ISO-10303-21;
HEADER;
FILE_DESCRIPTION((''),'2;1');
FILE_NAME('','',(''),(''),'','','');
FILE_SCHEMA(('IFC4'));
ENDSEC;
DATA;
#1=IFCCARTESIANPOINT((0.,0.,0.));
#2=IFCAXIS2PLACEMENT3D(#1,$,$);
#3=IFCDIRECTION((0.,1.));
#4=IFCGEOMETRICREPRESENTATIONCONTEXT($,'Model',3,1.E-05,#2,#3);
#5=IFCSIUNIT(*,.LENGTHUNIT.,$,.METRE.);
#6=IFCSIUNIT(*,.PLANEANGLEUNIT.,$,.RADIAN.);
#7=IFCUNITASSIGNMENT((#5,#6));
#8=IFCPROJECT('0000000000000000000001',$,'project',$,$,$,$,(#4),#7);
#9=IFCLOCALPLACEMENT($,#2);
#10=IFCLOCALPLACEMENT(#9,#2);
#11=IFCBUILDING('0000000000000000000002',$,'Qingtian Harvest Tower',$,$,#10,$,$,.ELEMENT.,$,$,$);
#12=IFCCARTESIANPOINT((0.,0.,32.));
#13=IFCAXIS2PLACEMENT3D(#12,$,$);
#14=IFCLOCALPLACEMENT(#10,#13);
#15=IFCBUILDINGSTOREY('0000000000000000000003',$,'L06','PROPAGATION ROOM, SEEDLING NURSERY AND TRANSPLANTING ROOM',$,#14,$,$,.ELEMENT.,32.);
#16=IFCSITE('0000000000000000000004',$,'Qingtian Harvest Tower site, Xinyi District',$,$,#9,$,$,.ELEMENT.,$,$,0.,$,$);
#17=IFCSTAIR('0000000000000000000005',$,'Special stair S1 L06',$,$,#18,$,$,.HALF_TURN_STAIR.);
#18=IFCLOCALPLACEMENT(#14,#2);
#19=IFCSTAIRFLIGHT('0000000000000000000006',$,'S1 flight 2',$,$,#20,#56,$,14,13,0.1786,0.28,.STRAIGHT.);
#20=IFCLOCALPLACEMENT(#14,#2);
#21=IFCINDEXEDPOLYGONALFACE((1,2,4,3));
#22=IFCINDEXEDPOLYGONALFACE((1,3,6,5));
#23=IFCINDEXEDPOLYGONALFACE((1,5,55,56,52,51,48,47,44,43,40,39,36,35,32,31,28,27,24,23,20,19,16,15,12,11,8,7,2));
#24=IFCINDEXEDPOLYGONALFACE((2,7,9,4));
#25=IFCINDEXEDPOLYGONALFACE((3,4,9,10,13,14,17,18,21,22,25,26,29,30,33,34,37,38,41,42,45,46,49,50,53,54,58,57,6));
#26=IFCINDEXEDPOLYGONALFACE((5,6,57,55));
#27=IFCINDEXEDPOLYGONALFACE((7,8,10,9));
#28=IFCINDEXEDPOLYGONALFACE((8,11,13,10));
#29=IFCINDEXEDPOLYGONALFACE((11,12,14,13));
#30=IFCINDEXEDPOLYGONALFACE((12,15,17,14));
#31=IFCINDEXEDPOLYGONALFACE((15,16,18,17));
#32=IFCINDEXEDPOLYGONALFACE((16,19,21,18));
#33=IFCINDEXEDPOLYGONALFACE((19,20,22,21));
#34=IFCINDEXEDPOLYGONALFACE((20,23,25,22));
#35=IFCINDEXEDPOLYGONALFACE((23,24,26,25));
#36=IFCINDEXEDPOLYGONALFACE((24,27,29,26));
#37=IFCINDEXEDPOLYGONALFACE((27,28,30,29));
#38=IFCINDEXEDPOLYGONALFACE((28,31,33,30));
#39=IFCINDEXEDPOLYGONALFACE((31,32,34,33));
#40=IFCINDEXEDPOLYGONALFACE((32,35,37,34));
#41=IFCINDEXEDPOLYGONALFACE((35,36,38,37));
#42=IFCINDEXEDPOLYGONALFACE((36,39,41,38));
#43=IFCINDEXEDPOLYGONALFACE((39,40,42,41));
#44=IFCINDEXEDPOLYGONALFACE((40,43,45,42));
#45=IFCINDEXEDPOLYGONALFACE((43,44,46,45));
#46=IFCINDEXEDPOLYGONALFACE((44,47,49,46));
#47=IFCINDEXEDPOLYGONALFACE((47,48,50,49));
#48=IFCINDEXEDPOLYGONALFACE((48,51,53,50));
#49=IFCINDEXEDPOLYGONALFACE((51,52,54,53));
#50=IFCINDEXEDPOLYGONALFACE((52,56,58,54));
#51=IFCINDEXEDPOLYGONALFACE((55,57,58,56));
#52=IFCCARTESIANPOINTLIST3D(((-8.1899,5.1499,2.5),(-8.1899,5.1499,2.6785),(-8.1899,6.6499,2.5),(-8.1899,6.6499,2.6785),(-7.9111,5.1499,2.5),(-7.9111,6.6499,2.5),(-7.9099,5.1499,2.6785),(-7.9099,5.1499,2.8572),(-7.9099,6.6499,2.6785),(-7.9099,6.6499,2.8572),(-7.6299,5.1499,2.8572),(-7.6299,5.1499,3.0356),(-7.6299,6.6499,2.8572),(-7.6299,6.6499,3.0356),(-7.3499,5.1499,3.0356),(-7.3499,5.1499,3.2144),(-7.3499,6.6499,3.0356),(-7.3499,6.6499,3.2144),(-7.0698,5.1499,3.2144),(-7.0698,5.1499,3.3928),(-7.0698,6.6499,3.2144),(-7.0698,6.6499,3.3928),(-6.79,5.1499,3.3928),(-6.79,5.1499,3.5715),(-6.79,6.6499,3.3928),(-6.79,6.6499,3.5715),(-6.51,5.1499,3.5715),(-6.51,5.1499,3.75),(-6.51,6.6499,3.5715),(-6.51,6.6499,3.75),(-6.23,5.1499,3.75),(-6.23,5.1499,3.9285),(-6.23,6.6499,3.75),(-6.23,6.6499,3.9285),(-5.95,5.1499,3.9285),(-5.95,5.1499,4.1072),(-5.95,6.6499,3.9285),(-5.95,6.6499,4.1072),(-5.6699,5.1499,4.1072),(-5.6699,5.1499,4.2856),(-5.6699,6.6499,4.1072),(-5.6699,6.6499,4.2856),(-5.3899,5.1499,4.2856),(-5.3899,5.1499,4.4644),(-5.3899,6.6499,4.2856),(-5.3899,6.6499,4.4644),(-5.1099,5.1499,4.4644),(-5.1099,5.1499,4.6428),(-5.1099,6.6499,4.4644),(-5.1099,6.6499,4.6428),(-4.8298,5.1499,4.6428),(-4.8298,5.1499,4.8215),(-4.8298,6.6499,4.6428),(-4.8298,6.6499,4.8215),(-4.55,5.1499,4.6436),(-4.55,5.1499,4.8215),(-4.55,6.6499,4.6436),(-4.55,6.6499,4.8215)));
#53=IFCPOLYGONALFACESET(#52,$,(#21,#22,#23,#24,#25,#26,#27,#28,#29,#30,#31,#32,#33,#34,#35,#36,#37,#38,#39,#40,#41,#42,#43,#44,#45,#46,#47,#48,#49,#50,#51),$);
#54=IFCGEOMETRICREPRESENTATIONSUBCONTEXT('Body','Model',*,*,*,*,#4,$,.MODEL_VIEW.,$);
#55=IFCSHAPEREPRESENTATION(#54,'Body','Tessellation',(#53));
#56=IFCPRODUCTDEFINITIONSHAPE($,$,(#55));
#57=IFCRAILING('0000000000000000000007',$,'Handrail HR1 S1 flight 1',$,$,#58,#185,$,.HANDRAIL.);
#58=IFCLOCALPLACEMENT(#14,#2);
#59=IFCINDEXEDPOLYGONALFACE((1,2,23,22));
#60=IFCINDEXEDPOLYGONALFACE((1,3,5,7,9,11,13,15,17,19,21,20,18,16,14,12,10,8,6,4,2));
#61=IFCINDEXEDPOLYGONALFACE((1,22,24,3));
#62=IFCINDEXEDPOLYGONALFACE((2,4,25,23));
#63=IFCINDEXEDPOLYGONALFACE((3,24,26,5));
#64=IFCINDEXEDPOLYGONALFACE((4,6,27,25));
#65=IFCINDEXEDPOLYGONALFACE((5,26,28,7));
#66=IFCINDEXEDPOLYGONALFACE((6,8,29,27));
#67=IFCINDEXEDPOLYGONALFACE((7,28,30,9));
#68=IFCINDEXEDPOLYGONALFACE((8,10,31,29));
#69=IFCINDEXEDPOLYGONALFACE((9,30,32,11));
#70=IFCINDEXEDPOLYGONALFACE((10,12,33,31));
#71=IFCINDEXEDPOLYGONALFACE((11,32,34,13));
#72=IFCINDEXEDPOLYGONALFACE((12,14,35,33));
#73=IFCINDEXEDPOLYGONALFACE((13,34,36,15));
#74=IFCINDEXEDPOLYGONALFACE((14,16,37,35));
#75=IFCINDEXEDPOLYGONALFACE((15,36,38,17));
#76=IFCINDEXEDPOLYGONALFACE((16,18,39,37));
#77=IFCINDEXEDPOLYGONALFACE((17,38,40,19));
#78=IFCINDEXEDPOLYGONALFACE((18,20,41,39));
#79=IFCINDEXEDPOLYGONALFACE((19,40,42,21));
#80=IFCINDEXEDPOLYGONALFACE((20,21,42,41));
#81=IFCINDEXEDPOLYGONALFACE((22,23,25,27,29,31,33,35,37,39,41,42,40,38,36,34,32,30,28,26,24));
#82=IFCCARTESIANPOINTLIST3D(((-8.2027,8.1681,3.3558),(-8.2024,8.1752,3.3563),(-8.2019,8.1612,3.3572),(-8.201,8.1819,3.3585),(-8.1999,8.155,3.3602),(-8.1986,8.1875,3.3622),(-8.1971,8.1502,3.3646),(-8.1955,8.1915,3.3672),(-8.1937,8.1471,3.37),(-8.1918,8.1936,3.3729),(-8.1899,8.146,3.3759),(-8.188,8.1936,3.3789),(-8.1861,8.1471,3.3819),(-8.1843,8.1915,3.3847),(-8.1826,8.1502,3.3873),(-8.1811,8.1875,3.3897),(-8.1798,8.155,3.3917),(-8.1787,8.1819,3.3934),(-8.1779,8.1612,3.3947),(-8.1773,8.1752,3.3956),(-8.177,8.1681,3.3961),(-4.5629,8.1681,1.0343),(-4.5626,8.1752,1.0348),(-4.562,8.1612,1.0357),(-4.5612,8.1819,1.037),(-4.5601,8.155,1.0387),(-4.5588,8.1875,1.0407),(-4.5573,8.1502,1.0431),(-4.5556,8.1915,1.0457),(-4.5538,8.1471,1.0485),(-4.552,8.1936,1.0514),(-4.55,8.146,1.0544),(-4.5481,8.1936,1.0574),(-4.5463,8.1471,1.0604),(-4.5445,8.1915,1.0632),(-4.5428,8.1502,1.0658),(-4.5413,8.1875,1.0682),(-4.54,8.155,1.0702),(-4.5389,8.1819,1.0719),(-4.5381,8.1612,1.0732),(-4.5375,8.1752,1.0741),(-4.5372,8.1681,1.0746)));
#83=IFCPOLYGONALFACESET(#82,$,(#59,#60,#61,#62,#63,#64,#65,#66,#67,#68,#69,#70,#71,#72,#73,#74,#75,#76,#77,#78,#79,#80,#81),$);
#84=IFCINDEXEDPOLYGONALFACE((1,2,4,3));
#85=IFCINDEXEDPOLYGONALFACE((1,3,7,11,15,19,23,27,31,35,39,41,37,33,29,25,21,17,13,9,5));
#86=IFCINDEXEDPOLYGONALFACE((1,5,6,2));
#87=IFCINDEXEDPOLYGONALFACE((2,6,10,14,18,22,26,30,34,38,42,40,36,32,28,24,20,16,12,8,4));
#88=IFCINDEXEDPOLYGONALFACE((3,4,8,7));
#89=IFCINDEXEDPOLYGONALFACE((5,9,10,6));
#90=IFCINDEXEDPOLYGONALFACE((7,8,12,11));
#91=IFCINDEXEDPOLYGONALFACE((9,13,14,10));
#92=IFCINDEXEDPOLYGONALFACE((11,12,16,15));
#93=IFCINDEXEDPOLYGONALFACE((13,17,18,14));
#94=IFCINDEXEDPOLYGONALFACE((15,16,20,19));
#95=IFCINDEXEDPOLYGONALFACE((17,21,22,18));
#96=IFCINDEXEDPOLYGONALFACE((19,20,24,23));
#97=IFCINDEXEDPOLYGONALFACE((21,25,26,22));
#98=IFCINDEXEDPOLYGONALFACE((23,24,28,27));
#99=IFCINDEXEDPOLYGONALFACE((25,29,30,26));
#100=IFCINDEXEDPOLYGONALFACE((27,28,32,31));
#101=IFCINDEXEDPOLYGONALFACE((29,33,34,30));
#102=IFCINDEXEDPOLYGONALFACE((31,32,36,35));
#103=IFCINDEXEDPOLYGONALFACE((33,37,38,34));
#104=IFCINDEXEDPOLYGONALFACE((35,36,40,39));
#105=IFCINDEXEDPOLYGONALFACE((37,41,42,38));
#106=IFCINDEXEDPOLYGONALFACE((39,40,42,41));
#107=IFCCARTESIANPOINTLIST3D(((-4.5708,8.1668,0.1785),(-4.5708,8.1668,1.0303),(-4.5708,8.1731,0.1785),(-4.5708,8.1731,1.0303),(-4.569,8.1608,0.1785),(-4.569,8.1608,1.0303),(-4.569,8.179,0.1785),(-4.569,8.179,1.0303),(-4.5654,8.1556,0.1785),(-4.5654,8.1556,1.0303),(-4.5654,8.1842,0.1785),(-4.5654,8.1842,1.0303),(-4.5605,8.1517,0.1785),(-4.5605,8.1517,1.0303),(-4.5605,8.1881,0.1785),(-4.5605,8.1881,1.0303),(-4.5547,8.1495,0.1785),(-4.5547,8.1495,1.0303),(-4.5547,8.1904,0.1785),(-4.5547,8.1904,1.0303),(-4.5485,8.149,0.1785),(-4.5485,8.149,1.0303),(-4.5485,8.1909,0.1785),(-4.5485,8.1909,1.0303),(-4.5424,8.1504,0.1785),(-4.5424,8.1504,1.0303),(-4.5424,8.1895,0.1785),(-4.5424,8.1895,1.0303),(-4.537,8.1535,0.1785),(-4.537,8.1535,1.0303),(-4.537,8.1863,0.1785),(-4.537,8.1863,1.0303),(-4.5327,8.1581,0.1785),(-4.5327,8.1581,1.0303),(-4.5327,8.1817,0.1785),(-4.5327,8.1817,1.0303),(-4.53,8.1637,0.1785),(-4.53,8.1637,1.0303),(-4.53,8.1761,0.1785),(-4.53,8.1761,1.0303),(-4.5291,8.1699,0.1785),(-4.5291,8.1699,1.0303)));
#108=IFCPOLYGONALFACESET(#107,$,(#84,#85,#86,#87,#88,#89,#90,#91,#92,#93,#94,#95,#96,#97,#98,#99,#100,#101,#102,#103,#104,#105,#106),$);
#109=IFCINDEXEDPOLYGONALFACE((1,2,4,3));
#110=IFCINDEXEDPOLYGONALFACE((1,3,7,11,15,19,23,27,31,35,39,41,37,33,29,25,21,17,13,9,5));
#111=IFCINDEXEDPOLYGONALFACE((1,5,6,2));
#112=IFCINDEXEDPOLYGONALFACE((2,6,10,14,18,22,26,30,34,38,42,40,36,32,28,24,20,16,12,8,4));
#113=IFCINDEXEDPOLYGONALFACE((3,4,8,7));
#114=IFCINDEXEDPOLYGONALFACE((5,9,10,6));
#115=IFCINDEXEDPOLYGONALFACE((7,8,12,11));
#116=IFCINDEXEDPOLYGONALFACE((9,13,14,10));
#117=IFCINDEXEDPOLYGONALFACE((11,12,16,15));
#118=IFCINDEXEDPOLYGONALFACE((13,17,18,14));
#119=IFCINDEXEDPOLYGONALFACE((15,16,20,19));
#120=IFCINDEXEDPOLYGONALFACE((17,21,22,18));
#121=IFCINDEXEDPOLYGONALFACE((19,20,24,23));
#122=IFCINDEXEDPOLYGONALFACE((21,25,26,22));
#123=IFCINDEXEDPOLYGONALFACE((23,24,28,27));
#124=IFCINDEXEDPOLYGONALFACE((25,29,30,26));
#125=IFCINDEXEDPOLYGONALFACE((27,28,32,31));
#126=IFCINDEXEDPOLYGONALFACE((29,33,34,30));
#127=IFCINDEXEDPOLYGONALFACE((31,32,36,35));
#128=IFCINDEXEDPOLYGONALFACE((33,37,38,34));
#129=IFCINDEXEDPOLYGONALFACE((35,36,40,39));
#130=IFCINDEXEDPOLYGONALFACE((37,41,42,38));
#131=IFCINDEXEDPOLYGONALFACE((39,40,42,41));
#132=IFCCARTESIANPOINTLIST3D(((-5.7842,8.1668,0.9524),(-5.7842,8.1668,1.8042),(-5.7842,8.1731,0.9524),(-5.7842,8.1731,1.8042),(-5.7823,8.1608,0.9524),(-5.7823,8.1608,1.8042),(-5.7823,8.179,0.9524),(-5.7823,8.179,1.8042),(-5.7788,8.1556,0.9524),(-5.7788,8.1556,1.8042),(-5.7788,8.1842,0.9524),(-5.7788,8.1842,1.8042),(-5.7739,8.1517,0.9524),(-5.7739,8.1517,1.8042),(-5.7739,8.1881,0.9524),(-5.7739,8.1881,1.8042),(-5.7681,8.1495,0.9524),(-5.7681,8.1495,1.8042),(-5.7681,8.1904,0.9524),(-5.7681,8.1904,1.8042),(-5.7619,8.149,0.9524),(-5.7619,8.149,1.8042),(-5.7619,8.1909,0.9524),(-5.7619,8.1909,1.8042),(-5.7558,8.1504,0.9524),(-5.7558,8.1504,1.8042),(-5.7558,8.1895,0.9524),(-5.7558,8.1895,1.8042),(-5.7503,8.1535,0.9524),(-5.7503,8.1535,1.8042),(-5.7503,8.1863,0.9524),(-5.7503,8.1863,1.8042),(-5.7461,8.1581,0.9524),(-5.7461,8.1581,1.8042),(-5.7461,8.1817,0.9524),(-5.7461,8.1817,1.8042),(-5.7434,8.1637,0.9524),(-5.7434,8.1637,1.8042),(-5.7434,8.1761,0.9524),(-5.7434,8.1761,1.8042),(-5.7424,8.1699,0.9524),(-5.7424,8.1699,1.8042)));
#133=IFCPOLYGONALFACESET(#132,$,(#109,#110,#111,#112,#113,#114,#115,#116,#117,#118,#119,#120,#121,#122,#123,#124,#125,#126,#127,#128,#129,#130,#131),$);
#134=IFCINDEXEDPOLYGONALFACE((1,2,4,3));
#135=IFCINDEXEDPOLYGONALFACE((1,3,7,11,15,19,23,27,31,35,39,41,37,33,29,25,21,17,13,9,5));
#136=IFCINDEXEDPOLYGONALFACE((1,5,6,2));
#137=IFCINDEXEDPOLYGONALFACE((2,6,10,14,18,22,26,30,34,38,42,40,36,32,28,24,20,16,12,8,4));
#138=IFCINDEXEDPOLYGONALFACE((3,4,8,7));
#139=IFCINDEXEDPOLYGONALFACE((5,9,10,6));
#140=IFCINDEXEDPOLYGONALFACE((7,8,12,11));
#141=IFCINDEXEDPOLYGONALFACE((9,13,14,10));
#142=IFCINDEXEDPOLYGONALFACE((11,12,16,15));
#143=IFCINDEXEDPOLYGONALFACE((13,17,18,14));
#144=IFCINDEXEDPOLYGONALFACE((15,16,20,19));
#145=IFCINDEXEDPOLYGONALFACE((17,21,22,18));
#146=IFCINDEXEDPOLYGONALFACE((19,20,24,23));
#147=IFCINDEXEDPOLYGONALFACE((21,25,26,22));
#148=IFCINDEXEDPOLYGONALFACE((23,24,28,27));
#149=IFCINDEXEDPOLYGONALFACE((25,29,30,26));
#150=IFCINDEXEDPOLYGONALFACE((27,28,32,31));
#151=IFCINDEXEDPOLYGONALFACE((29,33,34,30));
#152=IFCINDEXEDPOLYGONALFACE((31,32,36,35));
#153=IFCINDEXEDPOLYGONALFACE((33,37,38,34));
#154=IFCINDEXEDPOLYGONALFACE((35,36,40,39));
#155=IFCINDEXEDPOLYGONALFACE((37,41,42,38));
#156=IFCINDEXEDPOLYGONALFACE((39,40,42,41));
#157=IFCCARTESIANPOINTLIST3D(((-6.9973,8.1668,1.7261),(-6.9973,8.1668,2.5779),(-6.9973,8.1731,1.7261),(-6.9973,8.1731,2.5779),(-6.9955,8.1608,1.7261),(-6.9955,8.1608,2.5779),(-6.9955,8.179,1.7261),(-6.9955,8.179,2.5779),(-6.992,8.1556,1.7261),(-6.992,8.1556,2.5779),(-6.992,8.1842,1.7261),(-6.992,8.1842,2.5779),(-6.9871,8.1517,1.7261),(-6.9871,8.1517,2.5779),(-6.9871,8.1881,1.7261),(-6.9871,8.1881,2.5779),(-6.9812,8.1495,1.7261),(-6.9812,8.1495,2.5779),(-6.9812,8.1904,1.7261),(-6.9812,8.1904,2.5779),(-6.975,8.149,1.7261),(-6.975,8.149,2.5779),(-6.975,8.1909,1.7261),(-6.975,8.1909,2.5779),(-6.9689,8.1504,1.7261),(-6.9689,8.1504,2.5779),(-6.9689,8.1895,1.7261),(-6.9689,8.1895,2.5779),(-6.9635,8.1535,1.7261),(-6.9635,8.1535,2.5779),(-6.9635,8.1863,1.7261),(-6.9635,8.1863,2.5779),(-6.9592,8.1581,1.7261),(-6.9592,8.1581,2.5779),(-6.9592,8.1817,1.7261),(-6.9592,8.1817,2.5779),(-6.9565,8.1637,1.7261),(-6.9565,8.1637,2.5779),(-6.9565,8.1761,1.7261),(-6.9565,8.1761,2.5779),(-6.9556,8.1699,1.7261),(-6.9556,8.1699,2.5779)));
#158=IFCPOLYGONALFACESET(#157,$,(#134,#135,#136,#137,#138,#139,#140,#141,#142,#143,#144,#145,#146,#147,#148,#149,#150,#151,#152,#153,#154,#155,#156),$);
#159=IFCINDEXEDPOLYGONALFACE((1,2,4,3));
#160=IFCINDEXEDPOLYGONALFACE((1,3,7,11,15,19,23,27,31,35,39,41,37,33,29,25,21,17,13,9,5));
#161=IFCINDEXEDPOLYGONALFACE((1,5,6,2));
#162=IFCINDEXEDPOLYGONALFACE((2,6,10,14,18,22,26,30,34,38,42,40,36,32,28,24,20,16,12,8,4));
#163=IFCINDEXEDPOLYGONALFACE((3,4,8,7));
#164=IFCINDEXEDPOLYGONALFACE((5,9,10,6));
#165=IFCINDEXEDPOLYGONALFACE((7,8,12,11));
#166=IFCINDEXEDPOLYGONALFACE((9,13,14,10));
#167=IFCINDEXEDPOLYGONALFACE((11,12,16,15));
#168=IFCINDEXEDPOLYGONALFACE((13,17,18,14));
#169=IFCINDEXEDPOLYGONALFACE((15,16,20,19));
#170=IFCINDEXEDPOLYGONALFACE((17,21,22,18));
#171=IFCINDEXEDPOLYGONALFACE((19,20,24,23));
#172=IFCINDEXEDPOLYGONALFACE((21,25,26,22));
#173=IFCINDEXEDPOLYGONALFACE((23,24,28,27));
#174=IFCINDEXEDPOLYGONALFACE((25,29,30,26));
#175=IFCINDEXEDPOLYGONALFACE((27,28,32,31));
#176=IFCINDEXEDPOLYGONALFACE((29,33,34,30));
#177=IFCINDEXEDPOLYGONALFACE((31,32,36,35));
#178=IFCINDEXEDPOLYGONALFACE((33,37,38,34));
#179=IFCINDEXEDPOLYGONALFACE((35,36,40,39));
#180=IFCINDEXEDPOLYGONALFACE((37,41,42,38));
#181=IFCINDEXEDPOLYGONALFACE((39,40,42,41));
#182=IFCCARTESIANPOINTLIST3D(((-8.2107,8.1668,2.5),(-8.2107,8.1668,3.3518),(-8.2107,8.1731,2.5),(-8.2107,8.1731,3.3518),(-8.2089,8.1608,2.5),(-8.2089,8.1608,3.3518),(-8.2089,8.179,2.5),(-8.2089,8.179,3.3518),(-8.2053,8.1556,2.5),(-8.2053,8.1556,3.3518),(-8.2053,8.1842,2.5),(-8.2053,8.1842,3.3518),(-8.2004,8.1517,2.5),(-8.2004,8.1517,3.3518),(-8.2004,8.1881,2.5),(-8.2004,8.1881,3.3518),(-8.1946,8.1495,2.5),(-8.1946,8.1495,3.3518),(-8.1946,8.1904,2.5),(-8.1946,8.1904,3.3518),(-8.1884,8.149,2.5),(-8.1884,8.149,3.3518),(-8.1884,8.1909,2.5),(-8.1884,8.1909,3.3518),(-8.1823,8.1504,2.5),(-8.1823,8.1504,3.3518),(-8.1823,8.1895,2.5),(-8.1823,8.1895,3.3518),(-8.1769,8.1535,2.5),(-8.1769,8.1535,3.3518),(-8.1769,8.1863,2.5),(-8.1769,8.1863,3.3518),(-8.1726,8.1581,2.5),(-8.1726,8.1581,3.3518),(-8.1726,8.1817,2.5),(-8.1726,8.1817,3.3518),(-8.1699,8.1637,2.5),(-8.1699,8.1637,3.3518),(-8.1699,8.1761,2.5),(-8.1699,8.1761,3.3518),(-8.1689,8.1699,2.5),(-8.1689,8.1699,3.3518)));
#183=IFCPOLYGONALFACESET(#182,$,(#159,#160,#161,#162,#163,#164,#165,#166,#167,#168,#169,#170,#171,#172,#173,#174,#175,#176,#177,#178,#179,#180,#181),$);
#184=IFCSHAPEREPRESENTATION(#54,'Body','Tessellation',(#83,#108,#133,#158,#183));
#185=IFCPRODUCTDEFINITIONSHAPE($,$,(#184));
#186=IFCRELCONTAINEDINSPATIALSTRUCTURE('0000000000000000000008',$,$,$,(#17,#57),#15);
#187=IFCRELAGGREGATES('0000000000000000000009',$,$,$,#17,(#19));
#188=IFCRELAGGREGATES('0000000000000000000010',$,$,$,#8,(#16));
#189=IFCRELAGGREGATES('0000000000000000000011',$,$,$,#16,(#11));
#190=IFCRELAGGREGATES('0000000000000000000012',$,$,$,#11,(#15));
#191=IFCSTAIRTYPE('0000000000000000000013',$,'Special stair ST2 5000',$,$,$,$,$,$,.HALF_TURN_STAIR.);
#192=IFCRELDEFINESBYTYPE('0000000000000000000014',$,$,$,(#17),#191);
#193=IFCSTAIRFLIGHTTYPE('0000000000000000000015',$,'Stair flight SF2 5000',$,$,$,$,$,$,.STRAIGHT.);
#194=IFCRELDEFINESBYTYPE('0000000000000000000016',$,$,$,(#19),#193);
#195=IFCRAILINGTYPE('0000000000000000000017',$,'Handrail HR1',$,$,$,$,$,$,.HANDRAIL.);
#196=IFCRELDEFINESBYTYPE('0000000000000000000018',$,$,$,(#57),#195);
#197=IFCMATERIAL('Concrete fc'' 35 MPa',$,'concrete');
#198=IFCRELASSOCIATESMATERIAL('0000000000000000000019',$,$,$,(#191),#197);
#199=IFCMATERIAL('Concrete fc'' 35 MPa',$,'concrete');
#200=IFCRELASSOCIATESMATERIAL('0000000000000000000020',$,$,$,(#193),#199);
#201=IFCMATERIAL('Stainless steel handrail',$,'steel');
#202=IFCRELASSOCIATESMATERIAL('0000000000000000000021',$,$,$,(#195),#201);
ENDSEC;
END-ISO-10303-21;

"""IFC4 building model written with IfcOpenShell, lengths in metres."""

from ifc_helpers import new_model, si_unit, direction, frame, origin, origin_2d, place, context, subcontext, project, spatial, polyline, circle, outline, extrude, material, type_object, element, aggregate, save


model = new_model("IFC4")

# Units and contexts
model_context = context("Model", 3, precision=1e-05, world=origin(), true_north=direction((0.0, 1.0)))
body_context = subcontext(model_context, "Body", "Model", "MODEL_VIEW")
ifc_project = project(units=[si_unit("LENGTHUNIT", "METRE"), si_unit("PLANEANGLEUNIT", "RADIAN")], contexts=[model_context])

# Site, building, storey
site_placement = place(None, origin())
site = spatial("IfcSite", under=ifc_project, at=site_placement, Name="Qingtian Harvest Tower site, Xinyi District", CompositionType="ELEMENT", RefElevation=0.0)
building_placement = place(site_placement, origin())
building = spatial("IfcBuilding", under=site, at=building_placement, Name="Qingtian Harvest Tower", CompositionType="ELEMENT")
storey_placement = place(building_placement, frame((0.0, 0.0, 32.0)))
storey = spatial("IfcBuildingStorey", under=building, at=storey_placement, Name="L06", Description="PROPAGATION ROOM, SEEDLING NURSERY AND TRANSPLANTING ROOM", CompositionType="ELEMENT", Elevation=32.0)

# Stair, stair flight
ifc_material_1 = material(Name="Concrete fc' 35 MPa", Category="concrete")
stair_type = type_object("IfcStairType", Name="Special stair ST2 5000", PredefinedType="HALF_TURN_STAIR", material=ifc_material_1)
stair_placement = place(storey_placement, origin())
stair = element("IfcStair", 1, at=stair_placement, inside=storey, type_object=stair_type, Name="Special stair S1 L06", PredefinedType="HALF_TURN_STAIR")
ifc_material_2 = material(Name="Concrete fc' 35 MPa", Category="concrete")
stair_flight_type = type_object("IfcStairFlightType", Name="Stair flight SF2 5000", PredefinedType="STRAIGHT", material=ifc_material_2)
stair_flight_1_placement = place(storey_placement, frame((-8.1899, 5.8999, 2.5), z_axis=(0.0, 0.0, 1.0), x_axis=(1.0, 0.0, 0.0)))
stair_flight_1 = element("IfcStairFlight", 2, at=stair_flight_1_placement, type_object=stair_flight_type, Name="S1 flight 2", NumberOfRisers=14, NumberOfTreads=13, PredefinedType="STRAIGHT", RiserHeight=0.1786, TreadLength=0.28, context=body_context, shape_type="SweptSolid", body=[
    extrude(outline(polyline([(0.0, 0.0), (0.0, 0.1785), (0.28, 0.1785), (0.28, 0.3572), (0.5601, 0.3572), (0.5601, 0.5356), (0.8401, 0.5356), (0.8401, 0.7144), (1.1201, 0.7144), (1.1201, 0.8928), (1.3999, 0.8928), (1.3999, 1.0715), (1.6799, 1.0715), (1.6799, 1.25), (1.96, 1.25), (1.96, 1.4285), (2.24, 1.4285), (2.24, 1.6072), (2.52, 1.6072), (2.52, 1.7856), (2.8, 1.7856), (2.8, 1.9644), (3.0801, 1.9644), (3.0801, 2.1428), (3.3601, 2.1428), (3.3601, 2.3215), (3.6399, 2.3215), (3.6399, 2.5), (3.6399, 2.1436), (0.2788, 0.0), (0.0, 0.0)])), frame((0.0, 0.75, 0.0), z_axis=(0.0, -1.0, 0.0), x_axis=(1.0, 0.0, 0.0)), (0.0, 0.0, 1.0), 1.5),
])
aggregate(stair, [stair_flight_1])

# Railing
ifc_material_3 = material(Name="Stainless steel handrail", Category="steel")
railing_type = type_object("IfcRailingType", Name="Handrail HR1", PredefinedType="HANDRAIL", material=ifc_material_3)
railing_1_placement = place(storey_placement, frame((-4.55, 8.1699, 0.1785)))
element("IfcRailing", 3, at=railing_1_placement, inside=storey, type_object=railing_type, Name="Handrail HR1 S1 flight 1", PredefinedType="HANDRAIL", context=body_context, shape_type="SweptSolid", body=[
    extrude(circle(Radius=0.0239, at=origin_2d()), frame((0.0, 0.0, 0.876), z_axis=(-0.843112, 0.0, 0.537739), x_axis=(0.0, -1.0, 0.0)), (0.0, 0.0, 1.0), 4.3171),
    extrude(circle(Radius=0.021, at=origin_2d()), origin(), (0.0, 0.0, 1.0), 0.8518),
    extrude(circle(Radius=0.021, at=origin_2d()), frame((-1.2134, 0.0, 0.7739)), (0.0, 0.0, 1.0), 0.8518),
    extrude(circle(Radius=0.021, at=origin_2d()), frame((-2.4265, 0.0, 1.5476)), (0.0, 0.0, 1.0), 0.8518),
    extrude(circle(Radius=0.021, at=origin_2d()), frame((-3.6399, 0.0, 2.3215)), (0.0, 0.0, 1.0), 0.8518),
])

save(model, "model.ifc")
